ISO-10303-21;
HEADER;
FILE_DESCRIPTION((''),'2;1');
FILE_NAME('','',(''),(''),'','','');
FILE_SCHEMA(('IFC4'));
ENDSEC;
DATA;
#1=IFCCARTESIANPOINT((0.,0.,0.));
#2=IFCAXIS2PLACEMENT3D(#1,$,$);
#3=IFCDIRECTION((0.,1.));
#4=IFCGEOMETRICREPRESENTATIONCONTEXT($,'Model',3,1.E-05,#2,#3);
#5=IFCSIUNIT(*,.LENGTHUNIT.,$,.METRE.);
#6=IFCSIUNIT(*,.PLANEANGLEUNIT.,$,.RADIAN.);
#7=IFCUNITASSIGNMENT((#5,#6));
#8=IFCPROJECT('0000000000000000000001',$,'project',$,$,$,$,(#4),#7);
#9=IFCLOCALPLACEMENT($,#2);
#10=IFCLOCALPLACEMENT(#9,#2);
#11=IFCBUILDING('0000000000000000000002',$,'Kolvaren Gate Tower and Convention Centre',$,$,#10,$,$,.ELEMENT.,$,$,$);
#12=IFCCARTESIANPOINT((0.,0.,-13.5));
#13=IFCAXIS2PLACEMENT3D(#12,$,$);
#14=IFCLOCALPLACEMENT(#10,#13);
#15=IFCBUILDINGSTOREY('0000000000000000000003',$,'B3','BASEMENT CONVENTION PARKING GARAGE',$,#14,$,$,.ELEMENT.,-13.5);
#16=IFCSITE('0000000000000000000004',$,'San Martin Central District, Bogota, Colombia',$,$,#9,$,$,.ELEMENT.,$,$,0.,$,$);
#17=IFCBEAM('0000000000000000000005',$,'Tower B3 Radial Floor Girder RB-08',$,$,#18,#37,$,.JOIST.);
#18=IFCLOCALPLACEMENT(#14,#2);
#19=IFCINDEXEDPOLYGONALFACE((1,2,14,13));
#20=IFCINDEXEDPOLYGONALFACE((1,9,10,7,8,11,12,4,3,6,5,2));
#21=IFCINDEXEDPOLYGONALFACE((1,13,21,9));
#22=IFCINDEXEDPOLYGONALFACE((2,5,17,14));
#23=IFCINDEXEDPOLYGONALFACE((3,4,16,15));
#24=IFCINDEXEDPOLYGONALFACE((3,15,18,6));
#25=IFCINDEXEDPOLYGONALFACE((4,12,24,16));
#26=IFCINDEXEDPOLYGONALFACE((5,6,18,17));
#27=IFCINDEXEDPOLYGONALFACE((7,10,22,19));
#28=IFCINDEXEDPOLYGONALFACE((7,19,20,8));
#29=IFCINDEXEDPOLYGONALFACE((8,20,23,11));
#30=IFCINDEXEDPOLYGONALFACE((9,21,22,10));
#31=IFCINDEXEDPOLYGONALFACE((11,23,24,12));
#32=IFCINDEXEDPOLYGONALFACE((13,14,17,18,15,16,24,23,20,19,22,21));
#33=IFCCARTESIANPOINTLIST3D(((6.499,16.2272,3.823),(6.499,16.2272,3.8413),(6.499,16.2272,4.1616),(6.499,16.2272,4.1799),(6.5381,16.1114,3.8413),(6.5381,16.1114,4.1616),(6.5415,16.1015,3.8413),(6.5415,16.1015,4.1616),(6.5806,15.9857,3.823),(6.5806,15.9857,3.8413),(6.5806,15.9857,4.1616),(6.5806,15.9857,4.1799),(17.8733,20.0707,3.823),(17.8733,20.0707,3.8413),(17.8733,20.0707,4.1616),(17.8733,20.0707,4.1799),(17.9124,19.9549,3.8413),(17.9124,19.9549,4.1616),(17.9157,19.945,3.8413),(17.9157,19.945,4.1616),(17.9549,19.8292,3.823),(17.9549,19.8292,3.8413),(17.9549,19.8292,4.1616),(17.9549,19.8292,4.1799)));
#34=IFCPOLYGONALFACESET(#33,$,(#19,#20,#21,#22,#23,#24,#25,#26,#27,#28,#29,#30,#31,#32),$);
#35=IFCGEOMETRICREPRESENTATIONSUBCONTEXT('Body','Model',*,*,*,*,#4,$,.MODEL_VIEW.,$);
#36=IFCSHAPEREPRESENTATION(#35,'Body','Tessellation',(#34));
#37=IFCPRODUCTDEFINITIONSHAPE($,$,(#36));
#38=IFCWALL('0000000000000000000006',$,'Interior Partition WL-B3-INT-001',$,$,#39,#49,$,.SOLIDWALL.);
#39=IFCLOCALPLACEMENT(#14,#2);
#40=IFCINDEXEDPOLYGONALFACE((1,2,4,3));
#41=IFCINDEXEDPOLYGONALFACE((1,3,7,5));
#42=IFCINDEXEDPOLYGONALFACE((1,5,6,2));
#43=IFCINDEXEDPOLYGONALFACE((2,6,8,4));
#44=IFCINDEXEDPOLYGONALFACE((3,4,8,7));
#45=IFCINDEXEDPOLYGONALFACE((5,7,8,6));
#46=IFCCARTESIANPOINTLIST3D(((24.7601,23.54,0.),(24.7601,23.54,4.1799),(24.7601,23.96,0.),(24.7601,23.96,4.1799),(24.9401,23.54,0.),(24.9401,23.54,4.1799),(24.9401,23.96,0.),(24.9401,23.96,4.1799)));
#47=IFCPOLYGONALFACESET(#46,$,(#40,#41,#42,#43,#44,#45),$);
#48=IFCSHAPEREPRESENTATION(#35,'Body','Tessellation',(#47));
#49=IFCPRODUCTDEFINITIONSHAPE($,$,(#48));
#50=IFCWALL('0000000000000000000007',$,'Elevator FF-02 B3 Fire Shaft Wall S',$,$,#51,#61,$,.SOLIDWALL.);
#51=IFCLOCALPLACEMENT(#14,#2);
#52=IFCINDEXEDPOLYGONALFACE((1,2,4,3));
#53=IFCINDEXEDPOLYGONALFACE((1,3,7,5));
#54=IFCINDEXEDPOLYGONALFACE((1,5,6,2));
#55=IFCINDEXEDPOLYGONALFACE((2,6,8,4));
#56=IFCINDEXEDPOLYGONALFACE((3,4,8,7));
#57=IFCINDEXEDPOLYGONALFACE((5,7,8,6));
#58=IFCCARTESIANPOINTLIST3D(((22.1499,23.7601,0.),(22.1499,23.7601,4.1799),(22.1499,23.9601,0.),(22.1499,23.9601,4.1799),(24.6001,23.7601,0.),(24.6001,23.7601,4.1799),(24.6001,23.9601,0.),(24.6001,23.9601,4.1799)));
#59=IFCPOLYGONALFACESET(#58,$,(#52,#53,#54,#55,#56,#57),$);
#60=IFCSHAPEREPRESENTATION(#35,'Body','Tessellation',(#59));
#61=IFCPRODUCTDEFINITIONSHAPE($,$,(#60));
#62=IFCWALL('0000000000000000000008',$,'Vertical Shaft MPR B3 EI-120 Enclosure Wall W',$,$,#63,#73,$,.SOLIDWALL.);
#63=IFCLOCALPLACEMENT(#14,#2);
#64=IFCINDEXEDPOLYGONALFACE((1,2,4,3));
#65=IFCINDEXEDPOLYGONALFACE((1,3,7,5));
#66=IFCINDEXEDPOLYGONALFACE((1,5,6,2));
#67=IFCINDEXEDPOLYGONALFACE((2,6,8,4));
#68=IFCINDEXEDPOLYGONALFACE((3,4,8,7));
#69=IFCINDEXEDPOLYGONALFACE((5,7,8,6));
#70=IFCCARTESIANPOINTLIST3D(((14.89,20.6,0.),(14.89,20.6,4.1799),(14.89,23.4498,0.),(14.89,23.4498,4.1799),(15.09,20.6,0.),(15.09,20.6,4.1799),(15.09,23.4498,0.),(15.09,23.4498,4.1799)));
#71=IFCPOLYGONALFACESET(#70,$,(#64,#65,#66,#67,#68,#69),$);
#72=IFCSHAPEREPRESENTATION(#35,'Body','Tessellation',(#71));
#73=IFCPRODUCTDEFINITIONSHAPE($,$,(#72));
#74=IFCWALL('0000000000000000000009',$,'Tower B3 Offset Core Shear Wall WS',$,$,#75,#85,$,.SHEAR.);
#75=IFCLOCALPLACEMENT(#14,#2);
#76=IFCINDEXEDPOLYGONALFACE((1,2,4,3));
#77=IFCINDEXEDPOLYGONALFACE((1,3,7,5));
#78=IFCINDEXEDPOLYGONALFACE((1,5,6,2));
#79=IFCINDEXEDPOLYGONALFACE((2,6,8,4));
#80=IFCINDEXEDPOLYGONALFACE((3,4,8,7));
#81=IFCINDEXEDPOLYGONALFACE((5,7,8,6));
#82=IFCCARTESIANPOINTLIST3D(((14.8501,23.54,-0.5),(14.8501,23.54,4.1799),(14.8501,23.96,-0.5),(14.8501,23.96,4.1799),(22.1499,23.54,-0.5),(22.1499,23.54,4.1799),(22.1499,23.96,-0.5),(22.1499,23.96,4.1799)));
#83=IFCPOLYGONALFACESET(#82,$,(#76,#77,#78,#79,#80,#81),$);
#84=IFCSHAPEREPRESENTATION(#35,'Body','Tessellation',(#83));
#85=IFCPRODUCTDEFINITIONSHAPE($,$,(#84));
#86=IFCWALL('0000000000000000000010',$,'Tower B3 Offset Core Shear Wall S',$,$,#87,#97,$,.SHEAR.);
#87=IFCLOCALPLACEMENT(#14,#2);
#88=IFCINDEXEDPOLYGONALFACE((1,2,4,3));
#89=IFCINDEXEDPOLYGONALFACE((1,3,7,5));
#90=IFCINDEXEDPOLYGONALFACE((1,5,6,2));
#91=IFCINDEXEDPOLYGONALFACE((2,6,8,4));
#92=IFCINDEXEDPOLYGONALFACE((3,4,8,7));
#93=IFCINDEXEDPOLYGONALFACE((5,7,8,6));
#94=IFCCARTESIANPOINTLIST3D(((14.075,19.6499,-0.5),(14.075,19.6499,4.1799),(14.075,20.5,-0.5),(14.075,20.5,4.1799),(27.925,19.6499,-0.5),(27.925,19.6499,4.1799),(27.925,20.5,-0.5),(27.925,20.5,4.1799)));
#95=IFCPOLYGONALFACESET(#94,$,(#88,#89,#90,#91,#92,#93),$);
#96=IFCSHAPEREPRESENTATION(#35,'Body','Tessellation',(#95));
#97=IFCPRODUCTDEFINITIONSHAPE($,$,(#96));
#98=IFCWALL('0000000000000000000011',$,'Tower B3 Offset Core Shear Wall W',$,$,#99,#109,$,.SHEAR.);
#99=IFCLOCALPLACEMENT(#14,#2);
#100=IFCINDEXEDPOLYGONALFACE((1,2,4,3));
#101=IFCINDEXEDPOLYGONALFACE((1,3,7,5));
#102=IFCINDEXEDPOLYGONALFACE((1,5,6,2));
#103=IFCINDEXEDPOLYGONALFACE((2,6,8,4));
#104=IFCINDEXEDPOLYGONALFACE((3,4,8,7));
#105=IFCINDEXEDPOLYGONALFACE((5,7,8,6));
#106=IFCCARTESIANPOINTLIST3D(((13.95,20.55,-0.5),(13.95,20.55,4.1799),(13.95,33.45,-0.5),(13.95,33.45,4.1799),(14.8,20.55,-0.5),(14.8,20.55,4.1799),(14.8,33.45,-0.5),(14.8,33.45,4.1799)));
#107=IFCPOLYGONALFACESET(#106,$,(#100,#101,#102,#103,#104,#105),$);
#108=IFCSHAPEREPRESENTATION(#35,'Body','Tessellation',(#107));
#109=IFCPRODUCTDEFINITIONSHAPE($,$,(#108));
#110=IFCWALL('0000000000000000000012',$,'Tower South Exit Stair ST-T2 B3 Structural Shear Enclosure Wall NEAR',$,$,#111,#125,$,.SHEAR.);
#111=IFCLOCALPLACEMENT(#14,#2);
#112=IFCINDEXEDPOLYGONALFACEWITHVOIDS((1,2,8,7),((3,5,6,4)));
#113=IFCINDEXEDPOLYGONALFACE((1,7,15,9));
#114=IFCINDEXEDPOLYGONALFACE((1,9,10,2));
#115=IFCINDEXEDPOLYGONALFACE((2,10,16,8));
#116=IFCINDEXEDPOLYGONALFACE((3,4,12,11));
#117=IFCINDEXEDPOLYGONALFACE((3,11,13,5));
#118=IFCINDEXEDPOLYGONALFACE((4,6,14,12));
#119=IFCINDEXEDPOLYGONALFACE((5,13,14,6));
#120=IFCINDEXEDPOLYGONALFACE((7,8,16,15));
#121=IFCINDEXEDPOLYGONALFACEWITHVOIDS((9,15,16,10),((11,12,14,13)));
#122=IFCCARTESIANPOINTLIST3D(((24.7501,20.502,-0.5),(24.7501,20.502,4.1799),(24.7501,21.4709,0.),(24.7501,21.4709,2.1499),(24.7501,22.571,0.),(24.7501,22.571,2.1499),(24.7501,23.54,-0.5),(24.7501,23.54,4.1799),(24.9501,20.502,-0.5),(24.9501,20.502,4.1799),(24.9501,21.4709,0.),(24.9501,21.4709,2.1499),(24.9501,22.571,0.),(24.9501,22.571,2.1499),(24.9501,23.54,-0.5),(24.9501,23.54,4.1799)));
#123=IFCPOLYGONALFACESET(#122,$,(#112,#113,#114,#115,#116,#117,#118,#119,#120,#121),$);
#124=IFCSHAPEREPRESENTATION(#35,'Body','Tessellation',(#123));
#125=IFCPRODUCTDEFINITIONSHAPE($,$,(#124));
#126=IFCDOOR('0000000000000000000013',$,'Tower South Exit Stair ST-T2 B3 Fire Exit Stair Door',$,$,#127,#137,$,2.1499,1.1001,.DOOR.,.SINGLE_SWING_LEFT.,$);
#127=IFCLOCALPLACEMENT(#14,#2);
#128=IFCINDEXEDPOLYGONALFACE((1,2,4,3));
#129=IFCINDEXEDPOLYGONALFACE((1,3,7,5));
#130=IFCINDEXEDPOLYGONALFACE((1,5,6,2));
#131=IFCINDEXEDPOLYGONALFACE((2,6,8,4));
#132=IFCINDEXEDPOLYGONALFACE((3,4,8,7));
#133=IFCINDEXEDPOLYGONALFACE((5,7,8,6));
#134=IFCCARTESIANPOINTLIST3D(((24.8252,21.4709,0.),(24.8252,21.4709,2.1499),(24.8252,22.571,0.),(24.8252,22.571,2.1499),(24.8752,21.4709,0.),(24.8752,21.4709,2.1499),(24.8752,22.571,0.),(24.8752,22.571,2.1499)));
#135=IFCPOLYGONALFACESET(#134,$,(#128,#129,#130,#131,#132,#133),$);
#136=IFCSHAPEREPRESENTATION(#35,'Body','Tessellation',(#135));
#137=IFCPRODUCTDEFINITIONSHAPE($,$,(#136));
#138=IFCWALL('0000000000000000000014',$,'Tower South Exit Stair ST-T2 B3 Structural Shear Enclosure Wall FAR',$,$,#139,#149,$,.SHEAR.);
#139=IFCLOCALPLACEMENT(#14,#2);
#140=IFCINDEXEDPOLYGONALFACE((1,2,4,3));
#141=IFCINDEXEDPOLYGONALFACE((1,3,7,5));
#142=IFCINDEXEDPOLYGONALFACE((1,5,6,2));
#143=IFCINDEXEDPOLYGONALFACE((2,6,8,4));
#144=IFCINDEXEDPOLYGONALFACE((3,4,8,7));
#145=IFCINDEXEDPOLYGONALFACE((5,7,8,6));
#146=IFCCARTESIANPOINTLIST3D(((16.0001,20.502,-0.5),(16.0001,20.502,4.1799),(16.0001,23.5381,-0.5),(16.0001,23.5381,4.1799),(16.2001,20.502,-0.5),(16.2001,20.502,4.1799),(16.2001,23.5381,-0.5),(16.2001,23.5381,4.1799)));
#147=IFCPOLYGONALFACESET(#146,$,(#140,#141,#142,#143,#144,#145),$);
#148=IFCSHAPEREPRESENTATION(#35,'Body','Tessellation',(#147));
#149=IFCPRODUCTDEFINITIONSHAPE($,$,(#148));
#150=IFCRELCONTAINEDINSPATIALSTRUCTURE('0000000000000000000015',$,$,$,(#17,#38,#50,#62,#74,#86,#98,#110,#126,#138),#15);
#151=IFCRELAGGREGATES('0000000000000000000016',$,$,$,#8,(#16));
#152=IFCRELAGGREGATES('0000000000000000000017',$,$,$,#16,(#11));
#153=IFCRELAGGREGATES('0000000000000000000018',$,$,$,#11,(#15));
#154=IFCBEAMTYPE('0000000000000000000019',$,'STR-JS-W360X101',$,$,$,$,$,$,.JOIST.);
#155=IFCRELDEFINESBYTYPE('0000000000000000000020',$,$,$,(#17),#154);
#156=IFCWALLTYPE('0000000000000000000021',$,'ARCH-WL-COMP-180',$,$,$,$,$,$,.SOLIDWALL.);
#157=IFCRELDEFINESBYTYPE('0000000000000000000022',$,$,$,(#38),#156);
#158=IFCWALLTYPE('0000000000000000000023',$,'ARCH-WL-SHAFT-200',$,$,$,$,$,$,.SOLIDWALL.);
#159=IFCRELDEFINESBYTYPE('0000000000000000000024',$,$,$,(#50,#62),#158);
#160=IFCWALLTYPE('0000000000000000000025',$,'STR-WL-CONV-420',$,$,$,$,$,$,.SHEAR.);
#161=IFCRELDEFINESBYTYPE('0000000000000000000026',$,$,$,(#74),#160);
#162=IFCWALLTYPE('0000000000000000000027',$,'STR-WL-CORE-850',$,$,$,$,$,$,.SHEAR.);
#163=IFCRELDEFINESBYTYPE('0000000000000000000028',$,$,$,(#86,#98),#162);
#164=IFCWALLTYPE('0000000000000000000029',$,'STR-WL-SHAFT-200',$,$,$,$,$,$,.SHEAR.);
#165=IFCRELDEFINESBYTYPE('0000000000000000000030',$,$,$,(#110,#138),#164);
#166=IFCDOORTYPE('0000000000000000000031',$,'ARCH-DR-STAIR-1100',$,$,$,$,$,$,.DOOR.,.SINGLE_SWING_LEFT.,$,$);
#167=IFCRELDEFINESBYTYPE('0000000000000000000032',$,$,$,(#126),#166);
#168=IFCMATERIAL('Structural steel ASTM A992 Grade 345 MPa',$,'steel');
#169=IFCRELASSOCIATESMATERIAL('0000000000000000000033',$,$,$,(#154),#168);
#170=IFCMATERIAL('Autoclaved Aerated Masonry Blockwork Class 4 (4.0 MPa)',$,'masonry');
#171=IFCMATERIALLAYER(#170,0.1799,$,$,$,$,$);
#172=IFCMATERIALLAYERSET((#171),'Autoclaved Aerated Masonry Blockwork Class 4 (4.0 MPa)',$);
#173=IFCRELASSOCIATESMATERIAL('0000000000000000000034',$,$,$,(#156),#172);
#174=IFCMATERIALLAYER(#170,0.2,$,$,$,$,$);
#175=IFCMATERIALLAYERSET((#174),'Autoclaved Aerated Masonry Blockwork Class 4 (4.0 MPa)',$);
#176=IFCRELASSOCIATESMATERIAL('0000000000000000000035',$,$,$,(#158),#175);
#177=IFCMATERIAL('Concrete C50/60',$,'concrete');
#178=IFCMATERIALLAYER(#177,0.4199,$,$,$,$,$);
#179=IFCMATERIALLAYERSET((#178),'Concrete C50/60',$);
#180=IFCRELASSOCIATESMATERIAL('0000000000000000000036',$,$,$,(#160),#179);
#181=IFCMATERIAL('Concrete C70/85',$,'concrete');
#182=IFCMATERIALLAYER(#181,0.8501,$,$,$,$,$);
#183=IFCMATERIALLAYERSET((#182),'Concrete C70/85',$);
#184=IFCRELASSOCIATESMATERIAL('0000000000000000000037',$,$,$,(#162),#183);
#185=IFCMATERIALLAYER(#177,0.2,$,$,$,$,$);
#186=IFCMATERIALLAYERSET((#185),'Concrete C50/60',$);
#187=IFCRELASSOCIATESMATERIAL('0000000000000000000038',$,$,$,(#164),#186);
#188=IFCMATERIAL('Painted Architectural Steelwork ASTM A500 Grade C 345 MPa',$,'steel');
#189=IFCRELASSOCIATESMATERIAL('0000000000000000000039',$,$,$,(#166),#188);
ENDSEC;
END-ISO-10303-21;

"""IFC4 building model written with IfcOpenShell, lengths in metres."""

from ifc_helpers import new_model, si_unit, direction, frame, frame_2d, origin, origin_2d, place, context, subcontext, project, spatial, rectangle, i_section, extrude, material, layer, layer_set, material_profile, profile_set, type_object, element, fill, save


model = new_model("IFC4")

# Units and contexts
model_context = context("Model", 3, precision=1e-05, world=origin(), true_north=direction((0.0, 1.0)))
body_context = subcontext(model_context, "Body", "Model", "MODEL_VIEW")
ifc_project = project(units=[si_unit("LENGTHUNIT", "METRE"), si_unit("PLANEANGLEUNIT", "RADIAN")], contexts=[model_context])

# Site, building, storey
site_placement = place(None, origin())
site = spatial("IfcSite", under=ifc_project, at=site_placement, Name="San Martin Central District, Bogota, Colombia", CompositionType="ELEMENT", RefElevation=0.0)
building_placement = place(site_placement, origin())
building = spatial("IfcBuilding", under=site, at=building_placement, Name="Kolvaren Gate Tower and Convention Centre", CompositionType="ELEMENT")
storey_placement = place(building_placement, frame((0.0, 0.0, -13.5)))
storey = spatial("IfcBuildingStorey", under=building, at=storey_placement, Name="B3", Description="BASEMENT CONVENTION PARKING GARAGE", CompositionType="ELEMENT", Elevation=-13.5)

# Shared definitions
ifc_material_1 = material(Name="Concrete C50/60", Category="concrete")

# Beam
ifc_material_2 = material(Name="Structural steel ASTM A992 Grade 345 MPa", Category="steel")
ifc_material_profile_1 = material_profile(ifc_material_2, i_section(OverallWidth=0.2549, OverallDepth=0.3569, WebThickness=0.0105, FlangeThickness=0.0183, at=origin_2d()), Name="W360X101")
ifc_profile_set_1 = profile_set([ifc_material_profile_1], Name="Structural steel ASTM A992 Grade 345 MPa")
beam_type_1 = type_object("IfcBeamType", Name="STR-JS-W360X101", PredefinedType="JOIST", material=ifc_profile_set_1)
beam_1_placement = place(storey_placement, frame((17.9141, 19.95, 4.0015), z_axis=(-0.947374, -0.320129, 0.0), x_axis=(0.320129, -0.947374, 0.0)))
element("IfcBeam", 1, at=beam_1_placement, inside=storey, type_object=beam_type_1, Name="Tower B3 Radial Floor Girder RB-08", PredefinedType="JOIST", context=body_context, shape_type="SweptSolid", body=[
    extrude(i_section(OverallWidth=0.2549, OverallDepth=0.3569, WebThickness=0.0105, FlangeThickness=0.0183, at=origin_2d()), origin(), (0.0, 0.0, 1.0), 12.0061),
])

# Walls
ifc_material_3 = material(Name="Autoclaved Aerated Masonry Blockwork Class 4 (4.0 MPa)", Category="masonry")
ifc_layer_1 = layer(ifc_material_3, 0.1799)
ifc_layer_set_1 = layer_set([ifc_layer_1], Name="Autoclaved Aerated Masonry Blockwork Class 4 (4.0 MPa)")
wall_type_1 = type_object("IfcWallType", Name="ARCH-WL-COMP-180", PredefinedType="SOLIDWALL", material=ifc_layer_set_1)
wall_1_placement = place(storey_placement, frame((24.8501, 23.54, 0.0), z_axis=(0.0, 0.0, 1.0), x_axis=(0.0, 1.0, 0.0)))
element("IfcWall", 2, at=wall_1_placement, inside=storey, type_object=wall_type_1, Name="Interior Partition WL-B3-INT-001", PredefinedType="SOLIDWALL", context=body_context, shape_type="SweptSolid", body=[
    extrude(rectangle(XDim=0.4199, YDim=0.1799, at=frame_2d((0.21, 0.0))), origin(), (0.0, 0.0, 1.0), 4.1799),
])
ifc_layer_2 = layer(ifc_material_3, 0.2)
ifc_layer_set_2 = layer_set([ifc_layer_2], Name="Autoclaved Aerated Masonry Blockwork Class 4 (4.0 MPa)")
wall_type_2 = type_object("IfcWallType", Name="ARCH-WL-SHAFT-200", PredefinedType="SOLIDWALL", material=ifc_layer_set_2)
wall_2_placement = place(storey_placement, frame((22.1499, 23.8601, 0.0), z_axis=(0.0, 0.0, 1.0), x_axis=(1.0, 0.0, 0.0)))
element("IfcWall", 3, at=wall_2_placement, inside=storey, type_object=wall_type_2, Name="Elevator FF-02 B3 Fire Shaft Wall S", PredefinedType="SOLIDWALL", context=body_context, shape_type="SweptSolid", body=[
    extrude(rectangle(XDim=2.4502, YDim=0.2, at=frame_2d((1.2251, 0.0))), origin(), (0.0, 0.0, 1.0), 4.1799),
])
wall_3_placement = place(storey_placement, frame((14.99, 20.6001, 0.0), z_axis=(0.0, 0.0, 1.0), x_axis=(0.0, 1.0, 0.0)))
element("IfcWall", 4, at=wall_3_placement, inside=storey, type_object=wall_type_2, Name="Vertical Shaft MPR B3 EI-120 Enclosure Wall W", PredefinedType="SOLIDWALL", context=body_context, shape_type="SweptSolid", body=[
    extrude(rectangle(XDim=2.8499, YDim=0.2, at=frame_2d((1.4248, 0.0))), origin(), (0.0, 0.0, 1.0), 4.1799),
])
ifc_layer_3 = layer(ifc_material_1, 0.4199)
ifc_layer_set_3 = layer_set([ifc_layer_3], Name="Concrete C50/60")
wall_type_3 = type_object("IfcWallType", Name="STR-WL-CONV-420", PredefinedType="SHEAR", material=ifc_layer_set_3)
wall_4_placement = place(storey_placement, frame((14.8501, 23.75, -0.5), z_axis=(0.0, 0.0, 1.0), x_axis=(1.0, 0.0, 0.0)))
element("IfcWall", 5, at=wall_4_placement, inside=storey, type_object=wall_type_3, Name="Tower B3 Offset Core Shear Wall WS", PredefinedType="SHEAR", context=body_context, shape_type="SweptSolid", body=[
    extrude(rectangle(XDim=7.2998, YDim=0.4199, at=frame_2d((3.6499, 0.0))), origin(), (0.0, 0.0, 1.0), 4.6799),
])
ifc_material_4 = material(Name="Concrete C70/85", Category="concrete")
ifc_layer_4 = layer(ifc_material_4, 0.8501)
ifc_layer_set_4 = layer_set([ifc_layer_4], Name="Concrete C70/85")
wall_type_4 = type_object("IfcWallType", Name="STR-WL-CORE-850", PredefinedType="SHEAR", material=ifc_layer_set_4)
wall_5_placement = place(storey_placement, frame((14.075, 20.075, -0.5), z_axis=(0.0, 0.0, 1.0), x_axis=(1.0, 0.0, 0.0)))
element("IfcWall", 6, at=wall_5_placement, inside=storey, type_object=wall_type_4, Name="Tower B3 Offset Core Shear Wall S", PredefinedType="SHEAR", context=body_context, shape_type="SweptSolid", body=[
    extrude(rectangle(XDim=13.8501, YDim=0.8501, at=frame_2d((6.925, 0.0))), origin(), (0.0, 0.0, 1.0), 4.6799),
])
wall_6_placement = place(storey_placement, frame((14.375, 20.55, -0.5), z_axis=(0.0, 0.0, 1.0), x_axis=(0.0, 1.0, 0.0)))
element("IfcWall", 7, at=wall_6_placement, inside=storey, type_object=wall_type_4, Name="Tower B3 Offset Core Shear Wall W", PredefinedType="SHEAR", context=body_context, shape_type="SweptSolid", body=[
    extrude(rectangle(XDim=12.8999, YDim=0.8501, at=frame_2d((6.45, 0.0))), origin(), (0.0, 0.0, 1.0), 4.6799),
])

# Wall, opening, door
ifc_layer_5 = layer(ifc_material_1, 0.2)
ifc_layer_set_5 = layer_set([ifc_layer_5], Name="Concrete C50/60")
wall_type_5 = type_object("IfcWallType", Name="STR-WL-SHAFT-200", PredefinedType="SHEAR", material=ifc_layer_set_5)
wall_7_placement = place(storey_placement, frame((24.8501, 20.502, -0.5), z_axis=(0.0, 0.0, 1.0), x_axis=(0.0, 1.0, 0.0)))
wall_7 = element("IfcWall", 8, at=wall_7_placement, inside=storey, type_object=wall_type_5, Name="Tower South Exit Stair ST-T2 B3 Structural Shear Enclosure Wall NEAR", PredefinedType="SHEAR", context=body_context, shape_type="SweptSolid", body=[
    extrude(rectangle(XDim=3.0381, YDim=0.2, at=frame_2d((1.519, 0.0))), origin(), (0.0, 0.0, 1.0), 4.6799),
])
opening_placement = place(wall_7_placement, frame((0.969, 0.0, 0.5)))
opening = element("IfcOpeningElement", 9, at=opening_placement, cuts=wall_7, PredefinedType="OPENING", context=body_context, shape_type="SweptSolid", body=[
    extrude(rectangle(XDim=1.1001, YDim=2.1499, at=frame_2d((0.55, 1.075))), frame((0.0, 0.1099, 0.0), z_axis=(0.0, -1.0, 0.0), x_axis=(1.0, 0.0, 0.0)), (0.0, 0.0, 1.0), 0.22),
])
ifc_material_5 = material(Name="Painted Architectural Steelwork ASTM A500 Grade C 345 MPa", Category="steel")
door_type = type_object("IfcDoorType", Name="ARCH-DR-STAIR-1100", OperationType="SINGLE_SWING_LEFT", PredefinedType="DOOR", material=ifc_material_5)
door_placement = place(opening_placement, origin())
door = element("IfcDoor", 10, at=door_placement, inside=storey, type_object=door_type, Name="Tower South Exit Stair ST-T2 B3 Fire Exit Stair Door", OperationType="SINGLE_SWING_LEFT", OverallHeight=2.1499, OverallWidth=1.1001, PredefinedType="DOOR", context=body_context, shape_type="SweptSolid", body=[
    extrude(rectangle(XDim=1.1001, YDim=2.1499, at=frame_2d((0.55, 1.075))), frame((0.0, 0.0249, 0.0), z_axis=(0.0, -1.0, 0.0), x_axis=(1.0, 0.0, 0.0)), (0.0, 0.0, 1.0), 0.05),
])
fill(opening, door)

# Wall
wall_8_placement = place(storey_placement, frame((16.1001, 20.502, -0.5), z_axis=(0.0, 0.0, 1.0), x_axis=(0.0, 1.0, 0.0)))
element("IfcWall", 11, at=wall_8_placement, inside=storey, type_object=wall_type_5, Name="Tower South Exit Stair ST-T2 B3 Structural Shear Enclosure Wall FAR", PredefinedType="SHEAR", context=body_context, shape_type="SweptSolid", body=[
    extrude(rectangle(XDim=3.0361, YDim=0.2, at=frame_2d((1.5181, 0.0))), origin(), (0.0, 0.0, 1.0), 4.6799),
])

save(model, "model.ifc")
